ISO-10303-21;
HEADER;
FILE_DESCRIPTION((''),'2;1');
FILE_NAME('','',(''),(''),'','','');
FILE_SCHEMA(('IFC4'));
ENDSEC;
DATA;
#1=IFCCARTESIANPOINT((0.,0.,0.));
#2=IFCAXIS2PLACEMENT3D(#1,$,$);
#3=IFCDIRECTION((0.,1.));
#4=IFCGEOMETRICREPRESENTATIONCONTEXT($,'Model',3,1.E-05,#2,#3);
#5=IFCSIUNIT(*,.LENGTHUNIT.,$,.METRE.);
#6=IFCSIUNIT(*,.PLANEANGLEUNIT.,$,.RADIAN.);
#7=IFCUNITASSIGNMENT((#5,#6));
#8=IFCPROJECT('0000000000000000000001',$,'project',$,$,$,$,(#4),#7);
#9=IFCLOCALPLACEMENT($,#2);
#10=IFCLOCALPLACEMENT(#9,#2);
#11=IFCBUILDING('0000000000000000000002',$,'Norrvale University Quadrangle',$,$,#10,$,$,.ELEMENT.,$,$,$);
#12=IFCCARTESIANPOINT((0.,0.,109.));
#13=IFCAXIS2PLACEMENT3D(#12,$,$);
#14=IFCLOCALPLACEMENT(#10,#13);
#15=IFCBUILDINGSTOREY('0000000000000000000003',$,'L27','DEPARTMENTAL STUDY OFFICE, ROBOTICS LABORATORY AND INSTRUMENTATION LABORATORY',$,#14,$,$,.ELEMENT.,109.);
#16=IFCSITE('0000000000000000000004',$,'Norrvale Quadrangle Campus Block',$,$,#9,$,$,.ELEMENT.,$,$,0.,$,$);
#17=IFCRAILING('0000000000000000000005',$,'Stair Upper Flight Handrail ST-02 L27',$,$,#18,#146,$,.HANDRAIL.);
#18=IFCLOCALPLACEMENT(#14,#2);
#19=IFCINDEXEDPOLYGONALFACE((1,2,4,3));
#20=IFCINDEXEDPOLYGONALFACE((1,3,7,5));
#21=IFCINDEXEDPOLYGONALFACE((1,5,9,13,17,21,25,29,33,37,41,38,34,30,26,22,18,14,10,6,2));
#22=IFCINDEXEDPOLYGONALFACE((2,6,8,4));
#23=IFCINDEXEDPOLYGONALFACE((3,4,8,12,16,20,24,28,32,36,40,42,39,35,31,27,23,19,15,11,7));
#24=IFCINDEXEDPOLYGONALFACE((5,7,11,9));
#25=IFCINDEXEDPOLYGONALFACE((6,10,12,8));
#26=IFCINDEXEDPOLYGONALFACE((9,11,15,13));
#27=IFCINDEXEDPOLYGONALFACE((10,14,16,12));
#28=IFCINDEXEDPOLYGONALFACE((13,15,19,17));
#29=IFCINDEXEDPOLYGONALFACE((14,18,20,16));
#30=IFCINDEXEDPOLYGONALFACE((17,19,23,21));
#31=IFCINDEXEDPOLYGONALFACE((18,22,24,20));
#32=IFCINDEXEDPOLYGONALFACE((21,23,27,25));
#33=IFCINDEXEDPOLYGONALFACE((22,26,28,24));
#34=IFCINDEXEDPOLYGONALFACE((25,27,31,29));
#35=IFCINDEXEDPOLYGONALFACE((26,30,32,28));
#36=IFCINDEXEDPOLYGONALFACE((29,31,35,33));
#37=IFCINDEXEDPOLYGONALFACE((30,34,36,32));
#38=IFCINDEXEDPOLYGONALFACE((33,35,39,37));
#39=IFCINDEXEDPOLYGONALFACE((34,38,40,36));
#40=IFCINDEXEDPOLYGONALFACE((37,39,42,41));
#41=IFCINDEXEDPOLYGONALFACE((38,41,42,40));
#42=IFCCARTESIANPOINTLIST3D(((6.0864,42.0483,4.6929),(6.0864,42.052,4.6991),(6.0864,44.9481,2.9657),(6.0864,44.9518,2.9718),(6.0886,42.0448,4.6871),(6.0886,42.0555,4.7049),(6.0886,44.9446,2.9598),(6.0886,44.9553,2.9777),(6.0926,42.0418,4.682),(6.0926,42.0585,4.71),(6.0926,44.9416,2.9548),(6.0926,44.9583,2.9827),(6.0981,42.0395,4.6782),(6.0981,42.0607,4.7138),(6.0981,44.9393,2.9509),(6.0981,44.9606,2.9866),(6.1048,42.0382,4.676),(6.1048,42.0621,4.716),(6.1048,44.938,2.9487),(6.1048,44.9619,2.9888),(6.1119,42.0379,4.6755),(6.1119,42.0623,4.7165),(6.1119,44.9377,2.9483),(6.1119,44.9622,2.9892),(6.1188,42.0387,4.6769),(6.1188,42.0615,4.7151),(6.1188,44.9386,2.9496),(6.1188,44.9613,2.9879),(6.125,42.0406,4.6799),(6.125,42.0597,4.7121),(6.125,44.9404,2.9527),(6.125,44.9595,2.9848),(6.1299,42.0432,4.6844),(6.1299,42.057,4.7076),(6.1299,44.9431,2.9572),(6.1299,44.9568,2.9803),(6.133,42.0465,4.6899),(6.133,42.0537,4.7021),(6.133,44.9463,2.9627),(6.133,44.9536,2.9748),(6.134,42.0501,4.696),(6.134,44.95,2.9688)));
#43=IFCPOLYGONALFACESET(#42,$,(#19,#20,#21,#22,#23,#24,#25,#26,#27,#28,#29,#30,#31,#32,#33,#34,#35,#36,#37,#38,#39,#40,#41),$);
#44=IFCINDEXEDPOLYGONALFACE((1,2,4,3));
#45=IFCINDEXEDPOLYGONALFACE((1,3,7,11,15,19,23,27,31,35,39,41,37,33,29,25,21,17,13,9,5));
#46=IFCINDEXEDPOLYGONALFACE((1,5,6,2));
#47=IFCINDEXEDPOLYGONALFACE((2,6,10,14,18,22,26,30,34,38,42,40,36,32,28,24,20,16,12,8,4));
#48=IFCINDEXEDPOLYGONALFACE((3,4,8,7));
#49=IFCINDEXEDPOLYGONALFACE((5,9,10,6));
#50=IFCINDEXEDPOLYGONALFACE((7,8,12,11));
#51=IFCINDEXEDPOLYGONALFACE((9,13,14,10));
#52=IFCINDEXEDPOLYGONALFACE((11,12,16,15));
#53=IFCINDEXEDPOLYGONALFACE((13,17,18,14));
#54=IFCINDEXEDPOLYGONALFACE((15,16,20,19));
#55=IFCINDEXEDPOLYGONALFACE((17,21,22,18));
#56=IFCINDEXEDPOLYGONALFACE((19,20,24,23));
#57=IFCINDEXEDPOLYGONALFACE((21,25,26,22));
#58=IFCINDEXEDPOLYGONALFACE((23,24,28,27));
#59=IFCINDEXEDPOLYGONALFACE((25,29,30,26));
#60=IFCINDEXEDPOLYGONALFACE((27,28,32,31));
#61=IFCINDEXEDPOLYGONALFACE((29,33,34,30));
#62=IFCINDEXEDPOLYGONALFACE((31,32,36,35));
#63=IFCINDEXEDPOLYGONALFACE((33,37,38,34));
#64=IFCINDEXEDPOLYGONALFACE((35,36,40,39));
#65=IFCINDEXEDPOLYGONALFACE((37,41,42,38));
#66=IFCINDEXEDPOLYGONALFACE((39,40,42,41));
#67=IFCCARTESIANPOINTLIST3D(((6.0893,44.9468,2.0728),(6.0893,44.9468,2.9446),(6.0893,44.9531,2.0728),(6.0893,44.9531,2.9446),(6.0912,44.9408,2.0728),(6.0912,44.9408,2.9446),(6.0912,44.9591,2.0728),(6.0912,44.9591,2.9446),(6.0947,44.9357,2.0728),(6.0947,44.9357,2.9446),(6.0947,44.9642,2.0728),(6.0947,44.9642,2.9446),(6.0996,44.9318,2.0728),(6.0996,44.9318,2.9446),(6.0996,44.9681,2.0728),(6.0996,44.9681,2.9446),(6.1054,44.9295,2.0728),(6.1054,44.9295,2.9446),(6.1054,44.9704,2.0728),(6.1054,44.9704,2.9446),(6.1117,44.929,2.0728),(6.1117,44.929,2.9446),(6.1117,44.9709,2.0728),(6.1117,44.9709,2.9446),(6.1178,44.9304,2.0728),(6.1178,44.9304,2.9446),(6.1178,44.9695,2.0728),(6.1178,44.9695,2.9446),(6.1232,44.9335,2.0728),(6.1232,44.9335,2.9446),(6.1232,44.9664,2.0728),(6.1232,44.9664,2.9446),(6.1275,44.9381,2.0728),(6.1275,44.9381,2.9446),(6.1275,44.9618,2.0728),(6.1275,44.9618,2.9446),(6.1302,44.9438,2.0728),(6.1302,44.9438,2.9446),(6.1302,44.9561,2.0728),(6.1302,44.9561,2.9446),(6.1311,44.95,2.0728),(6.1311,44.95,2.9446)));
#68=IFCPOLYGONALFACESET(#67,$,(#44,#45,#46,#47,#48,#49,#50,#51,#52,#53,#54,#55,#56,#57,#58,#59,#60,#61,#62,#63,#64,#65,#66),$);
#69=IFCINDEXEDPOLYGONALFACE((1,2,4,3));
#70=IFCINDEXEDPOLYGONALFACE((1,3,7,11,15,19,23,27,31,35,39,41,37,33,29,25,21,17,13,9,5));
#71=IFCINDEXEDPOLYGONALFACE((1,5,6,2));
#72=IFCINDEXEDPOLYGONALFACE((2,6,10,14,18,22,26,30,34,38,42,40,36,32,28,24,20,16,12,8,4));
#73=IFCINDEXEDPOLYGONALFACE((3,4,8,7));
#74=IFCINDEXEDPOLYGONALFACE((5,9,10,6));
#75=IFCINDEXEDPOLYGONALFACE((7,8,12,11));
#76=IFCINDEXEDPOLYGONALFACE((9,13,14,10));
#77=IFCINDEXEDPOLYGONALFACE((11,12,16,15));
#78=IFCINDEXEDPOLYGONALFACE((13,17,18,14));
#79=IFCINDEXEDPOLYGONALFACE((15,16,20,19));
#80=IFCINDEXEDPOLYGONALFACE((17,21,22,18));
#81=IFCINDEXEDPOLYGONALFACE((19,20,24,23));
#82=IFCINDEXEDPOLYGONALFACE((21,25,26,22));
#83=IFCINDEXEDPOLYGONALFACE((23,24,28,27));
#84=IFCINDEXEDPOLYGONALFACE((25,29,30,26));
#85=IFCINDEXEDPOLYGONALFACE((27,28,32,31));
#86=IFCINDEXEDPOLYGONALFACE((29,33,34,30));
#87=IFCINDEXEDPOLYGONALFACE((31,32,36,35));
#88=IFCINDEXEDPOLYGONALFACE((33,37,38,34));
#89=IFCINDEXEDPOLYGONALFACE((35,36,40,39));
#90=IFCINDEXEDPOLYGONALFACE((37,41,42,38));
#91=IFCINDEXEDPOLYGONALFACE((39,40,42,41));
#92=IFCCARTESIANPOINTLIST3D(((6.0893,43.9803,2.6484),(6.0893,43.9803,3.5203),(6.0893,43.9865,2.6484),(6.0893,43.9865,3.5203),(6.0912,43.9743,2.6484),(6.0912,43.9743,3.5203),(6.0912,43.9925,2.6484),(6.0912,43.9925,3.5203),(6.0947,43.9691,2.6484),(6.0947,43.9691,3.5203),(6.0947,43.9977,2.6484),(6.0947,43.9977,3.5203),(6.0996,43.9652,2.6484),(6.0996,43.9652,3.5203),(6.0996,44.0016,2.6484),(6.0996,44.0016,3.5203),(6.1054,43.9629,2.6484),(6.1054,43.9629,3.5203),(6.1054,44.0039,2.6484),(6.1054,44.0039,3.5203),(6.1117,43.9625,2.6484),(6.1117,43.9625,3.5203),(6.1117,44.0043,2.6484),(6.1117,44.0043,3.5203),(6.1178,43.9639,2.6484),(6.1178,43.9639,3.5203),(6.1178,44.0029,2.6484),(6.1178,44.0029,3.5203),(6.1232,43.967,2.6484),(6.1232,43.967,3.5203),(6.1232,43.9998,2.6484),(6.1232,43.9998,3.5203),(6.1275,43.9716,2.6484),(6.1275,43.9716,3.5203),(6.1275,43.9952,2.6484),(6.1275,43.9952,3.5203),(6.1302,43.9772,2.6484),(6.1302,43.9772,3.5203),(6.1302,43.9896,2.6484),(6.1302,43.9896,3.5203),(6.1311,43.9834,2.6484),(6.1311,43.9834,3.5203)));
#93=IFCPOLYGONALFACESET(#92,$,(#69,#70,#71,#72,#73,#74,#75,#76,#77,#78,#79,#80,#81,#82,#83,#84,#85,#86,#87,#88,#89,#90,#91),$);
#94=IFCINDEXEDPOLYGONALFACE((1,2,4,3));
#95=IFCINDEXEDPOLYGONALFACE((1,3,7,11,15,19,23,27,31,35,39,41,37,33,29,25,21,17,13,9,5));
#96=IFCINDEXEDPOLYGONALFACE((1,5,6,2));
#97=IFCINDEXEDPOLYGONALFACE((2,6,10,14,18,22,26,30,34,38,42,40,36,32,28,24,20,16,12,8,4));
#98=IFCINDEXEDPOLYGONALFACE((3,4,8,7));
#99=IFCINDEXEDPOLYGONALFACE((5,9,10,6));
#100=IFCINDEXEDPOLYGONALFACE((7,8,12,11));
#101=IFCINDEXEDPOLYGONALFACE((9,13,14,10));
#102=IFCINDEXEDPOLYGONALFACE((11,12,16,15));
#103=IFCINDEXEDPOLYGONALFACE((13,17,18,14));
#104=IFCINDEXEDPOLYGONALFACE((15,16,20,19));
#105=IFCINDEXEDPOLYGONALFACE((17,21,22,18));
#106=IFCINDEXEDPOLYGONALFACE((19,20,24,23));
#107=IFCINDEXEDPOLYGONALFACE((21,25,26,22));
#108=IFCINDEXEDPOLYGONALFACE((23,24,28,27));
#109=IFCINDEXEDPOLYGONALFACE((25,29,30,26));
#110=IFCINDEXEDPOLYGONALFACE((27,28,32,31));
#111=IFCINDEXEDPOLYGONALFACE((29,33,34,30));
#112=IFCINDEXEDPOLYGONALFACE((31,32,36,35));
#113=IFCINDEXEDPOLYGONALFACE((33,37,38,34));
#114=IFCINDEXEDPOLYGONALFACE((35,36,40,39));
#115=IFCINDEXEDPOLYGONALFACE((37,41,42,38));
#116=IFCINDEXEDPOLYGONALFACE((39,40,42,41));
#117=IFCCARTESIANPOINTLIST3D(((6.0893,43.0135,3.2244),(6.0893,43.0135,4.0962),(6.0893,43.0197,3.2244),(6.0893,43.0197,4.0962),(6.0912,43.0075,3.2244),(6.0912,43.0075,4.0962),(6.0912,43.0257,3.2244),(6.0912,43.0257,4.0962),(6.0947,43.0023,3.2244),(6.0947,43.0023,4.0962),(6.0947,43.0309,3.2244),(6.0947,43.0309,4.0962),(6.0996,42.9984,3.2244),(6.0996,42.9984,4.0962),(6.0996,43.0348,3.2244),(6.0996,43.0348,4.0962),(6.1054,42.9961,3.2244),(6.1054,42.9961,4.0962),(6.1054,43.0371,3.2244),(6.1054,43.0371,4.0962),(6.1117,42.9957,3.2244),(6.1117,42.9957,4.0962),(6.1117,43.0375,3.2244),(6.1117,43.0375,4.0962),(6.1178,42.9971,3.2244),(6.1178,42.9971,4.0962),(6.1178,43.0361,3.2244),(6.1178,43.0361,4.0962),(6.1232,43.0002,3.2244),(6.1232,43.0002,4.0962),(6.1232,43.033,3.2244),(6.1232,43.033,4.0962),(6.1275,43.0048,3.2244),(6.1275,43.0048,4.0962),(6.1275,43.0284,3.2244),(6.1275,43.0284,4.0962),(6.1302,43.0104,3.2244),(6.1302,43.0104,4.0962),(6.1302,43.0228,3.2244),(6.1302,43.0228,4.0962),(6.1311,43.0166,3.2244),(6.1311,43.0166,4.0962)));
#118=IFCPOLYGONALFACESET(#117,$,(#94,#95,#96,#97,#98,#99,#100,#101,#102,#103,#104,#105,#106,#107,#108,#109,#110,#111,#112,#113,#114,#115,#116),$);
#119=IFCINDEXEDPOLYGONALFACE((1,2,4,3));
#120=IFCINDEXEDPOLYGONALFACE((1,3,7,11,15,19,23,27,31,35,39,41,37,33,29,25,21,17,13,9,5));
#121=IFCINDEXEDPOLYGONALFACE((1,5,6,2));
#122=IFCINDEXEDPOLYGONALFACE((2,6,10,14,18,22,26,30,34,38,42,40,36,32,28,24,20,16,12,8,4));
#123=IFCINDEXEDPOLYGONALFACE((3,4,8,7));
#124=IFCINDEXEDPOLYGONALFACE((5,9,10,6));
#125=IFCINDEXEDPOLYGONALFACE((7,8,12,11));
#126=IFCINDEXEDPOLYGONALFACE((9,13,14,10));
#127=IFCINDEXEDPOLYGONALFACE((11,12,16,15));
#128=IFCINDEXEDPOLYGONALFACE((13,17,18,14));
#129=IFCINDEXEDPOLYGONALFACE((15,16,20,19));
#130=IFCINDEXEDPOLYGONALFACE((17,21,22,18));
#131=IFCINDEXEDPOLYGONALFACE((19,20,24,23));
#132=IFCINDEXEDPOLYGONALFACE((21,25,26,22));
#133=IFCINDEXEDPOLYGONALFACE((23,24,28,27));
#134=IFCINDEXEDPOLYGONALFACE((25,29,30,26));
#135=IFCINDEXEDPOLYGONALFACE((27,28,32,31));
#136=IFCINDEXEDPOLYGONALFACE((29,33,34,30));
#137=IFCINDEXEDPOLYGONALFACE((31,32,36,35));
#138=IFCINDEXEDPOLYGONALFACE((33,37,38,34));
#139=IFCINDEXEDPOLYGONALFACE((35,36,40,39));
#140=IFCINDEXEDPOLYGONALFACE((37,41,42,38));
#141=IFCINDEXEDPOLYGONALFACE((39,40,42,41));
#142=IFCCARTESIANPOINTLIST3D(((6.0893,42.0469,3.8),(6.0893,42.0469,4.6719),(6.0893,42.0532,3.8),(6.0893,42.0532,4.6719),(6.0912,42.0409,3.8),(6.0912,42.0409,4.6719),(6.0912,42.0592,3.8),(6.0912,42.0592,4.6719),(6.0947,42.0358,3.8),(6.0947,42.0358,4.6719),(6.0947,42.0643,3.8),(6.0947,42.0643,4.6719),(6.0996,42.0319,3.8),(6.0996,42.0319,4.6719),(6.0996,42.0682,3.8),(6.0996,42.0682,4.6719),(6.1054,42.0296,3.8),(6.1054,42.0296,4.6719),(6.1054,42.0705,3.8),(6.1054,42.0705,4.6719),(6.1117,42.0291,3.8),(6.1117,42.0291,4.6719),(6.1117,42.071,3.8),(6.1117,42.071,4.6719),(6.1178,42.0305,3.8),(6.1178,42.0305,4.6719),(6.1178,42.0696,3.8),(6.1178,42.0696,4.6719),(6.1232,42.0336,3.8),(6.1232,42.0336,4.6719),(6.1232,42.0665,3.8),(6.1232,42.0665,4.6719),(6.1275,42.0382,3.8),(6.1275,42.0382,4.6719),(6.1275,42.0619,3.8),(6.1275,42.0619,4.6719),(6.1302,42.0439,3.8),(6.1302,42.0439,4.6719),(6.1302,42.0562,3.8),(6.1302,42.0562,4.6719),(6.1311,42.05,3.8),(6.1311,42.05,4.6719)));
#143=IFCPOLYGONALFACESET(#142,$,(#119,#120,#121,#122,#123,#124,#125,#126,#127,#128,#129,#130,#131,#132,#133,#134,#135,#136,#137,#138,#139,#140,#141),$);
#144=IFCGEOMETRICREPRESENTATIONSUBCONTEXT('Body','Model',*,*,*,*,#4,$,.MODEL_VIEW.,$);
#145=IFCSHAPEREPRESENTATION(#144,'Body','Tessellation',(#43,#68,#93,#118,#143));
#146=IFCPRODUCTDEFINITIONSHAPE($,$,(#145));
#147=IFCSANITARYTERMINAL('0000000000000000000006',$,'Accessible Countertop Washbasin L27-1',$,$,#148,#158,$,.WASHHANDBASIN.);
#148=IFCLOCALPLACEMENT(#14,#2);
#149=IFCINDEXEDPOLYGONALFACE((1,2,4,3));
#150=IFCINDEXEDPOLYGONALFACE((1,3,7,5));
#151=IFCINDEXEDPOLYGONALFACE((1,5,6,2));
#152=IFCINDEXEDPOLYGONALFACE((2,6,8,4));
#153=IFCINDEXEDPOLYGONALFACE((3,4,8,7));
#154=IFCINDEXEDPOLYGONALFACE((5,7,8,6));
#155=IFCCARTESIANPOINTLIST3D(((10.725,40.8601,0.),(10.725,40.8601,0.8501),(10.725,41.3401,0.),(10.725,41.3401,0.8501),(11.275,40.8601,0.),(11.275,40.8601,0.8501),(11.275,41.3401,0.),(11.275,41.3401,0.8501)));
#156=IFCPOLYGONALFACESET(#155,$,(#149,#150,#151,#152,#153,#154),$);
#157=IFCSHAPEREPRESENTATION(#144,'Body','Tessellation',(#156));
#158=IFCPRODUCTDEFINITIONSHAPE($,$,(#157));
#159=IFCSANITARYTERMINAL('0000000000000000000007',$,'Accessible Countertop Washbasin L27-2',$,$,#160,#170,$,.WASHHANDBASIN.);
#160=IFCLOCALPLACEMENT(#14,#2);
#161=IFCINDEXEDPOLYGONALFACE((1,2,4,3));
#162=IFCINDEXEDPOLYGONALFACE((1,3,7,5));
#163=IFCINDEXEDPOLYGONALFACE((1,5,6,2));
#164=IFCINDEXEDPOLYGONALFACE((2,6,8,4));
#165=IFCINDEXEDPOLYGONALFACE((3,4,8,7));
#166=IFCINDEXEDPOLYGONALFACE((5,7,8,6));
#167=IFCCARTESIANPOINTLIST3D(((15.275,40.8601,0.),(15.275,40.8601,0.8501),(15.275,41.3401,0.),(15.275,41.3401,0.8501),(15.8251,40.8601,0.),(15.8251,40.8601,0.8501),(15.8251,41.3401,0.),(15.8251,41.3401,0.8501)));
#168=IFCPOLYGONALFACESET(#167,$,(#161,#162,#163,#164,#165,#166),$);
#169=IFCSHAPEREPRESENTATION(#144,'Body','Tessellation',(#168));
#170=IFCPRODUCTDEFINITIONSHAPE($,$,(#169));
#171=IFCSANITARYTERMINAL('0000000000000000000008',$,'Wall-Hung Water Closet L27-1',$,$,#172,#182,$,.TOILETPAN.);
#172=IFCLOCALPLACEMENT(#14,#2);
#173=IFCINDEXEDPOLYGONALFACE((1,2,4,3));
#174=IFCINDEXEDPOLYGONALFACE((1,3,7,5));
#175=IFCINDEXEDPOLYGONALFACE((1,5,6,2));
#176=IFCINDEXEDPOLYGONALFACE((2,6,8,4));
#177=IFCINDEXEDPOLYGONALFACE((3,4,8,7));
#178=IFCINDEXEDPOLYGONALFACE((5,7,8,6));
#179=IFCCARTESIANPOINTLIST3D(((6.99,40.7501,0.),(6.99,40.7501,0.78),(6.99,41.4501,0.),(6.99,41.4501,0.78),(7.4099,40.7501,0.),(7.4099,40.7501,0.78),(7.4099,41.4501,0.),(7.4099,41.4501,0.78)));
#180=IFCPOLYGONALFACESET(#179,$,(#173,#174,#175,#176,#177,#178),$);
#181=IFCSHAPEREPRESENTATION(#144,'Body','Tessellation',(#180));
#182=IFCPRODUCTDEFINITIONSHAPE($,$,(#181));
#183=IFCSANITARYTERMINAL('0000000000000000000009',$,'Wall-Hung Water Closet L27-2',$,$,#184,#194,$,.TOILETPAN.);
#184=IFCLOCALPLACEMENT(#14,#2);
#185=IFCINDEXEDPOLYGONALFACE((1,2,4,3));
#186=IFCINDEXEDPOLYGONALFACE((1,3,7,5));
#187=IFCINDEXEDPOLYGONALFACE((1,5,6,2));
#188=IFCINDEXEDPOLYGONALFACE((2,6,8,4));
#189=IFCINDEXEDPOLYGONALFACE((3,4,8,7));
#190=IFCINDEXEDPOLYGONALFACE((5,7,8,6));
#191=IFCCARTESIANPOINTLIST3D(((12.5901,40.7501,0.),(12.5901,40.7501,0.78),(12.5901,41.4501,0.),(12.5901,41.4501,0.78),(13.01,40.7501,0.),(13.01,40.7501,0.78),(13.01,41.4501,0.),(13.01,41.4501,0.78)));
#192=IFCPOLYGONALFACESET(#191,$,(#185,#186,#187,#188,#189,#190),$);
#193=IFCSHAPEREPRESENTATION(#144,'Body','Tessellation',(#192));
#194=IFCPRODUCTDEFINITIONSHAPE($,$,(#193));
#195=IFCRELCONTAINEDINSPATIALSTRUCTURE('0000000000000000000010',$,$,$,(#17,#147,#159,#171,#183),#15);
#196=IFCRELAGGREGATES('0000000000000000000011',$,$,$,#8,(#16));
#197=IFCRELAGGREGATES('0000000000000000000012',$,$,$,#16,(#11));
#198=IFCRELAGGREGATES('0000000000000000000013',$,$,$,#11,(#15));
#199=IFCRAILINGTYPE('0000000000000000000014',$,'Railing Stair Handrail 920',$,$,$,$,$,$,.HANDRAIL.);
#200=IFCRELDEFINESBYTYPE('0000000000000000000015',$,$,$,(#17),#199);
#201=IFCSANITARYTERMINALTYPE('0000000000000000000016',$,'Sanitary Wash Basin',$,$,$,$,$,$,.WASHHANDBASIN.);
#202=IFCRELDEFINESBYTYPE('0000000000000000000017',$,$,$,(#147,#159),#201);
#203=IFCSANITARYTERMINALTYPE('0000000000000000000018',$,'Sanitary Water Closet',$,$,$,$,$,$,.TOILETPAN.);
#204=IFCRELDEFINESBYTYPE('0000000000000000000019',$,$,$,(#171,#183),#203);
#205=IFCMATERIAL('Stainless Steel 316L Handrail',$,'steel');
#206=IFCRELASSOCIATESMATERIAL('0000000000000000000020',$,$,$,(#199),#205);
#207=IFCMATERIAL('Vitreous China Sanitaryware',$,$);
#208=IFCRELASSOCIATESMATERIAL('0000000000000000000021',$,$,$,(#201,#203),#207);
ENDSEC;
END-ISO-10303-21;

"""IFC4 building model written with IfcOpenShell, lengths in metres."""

from ifc_helpers import new_model, si_unit, direction, frame, origin, origin_2d, place, context, subcontext, project, spatial, rectangle, circle, extrude, material, type_object, element, save


model = new_model("IFC4")

# Units and contexts
model_context = context("Model", 3, precision=1e-05, world=origin(), true_north=direction((0.0, 1.0)))
body_context = subcontext(model_context, "Body", "Model", "MODEL_VIEW")
ifc_project = project(units=[si_unit("LENGTHUNIT", "METRE"), si_unit("PLANEANGLEUNIT", "RADIAN")], contexts=[model_context])

# Site, building, storey
site_placement = place(None, origin())
site = spatial("IfcSite", under=ifc_project, at=site_placement, Name="Norrvale Quadrangle Campus Block", CompositionType="ELEMENT", RefElevation=0.0)
building_placement = place(site_placement, origin())
building = spatial("IfcBuilding", under=site, at=building_placement, Name="Norrvale University Quadrangle", CompositionType="ELEMENT")
storey_placement = place(building_placement, frame((0.0, 0.0, 109.0)))
storey = spatial("IfcBuildingStorey", under=building, at=storey_placement, Name="L27", Description="DEPARTMENTAL STUDY OFFICE, ROBOTICS LABORATORY AND INSTRUMENTATION LABORATORY", CompositionType="ELEMENT", Elevation=109.0)

# Railing
ifc_material_1 = material(Name="Stainless Steel 316L Handrail", Category="steel")
railing_type_1 = type_object("IfcRailingType", Name="Railing Stair Handrail 920", PredefinedType="HANDRAIL", material=ifc_material_1)
railing_1_placement = place(storey_placement, frame((6.1101, 44.95, 2.0728)))
element("IfcRailing", 1, at=railing_1_placement, inside=storey, type_object=railing_type_1, Name="Stair Upper Flight Handrail ST-02 L27", PredefinedType="HANDRAIL", context=body_context, shape_type="SweptSolid", body=[
    extrude(circle(Radius=0.0239, at=origin_2d()), frame((0.0, 0.0, 0.896), z_axis=(0.0, -0.859141, 0.511738), x_axis=(1.0, 0.0, 0.0)), (0.0, 0.0, 1.0), 3.3752),
    extrude(circle(Radius=0.021, at=origin_2d()), origin(), (0.0, 0.0, 1.0), 0.8718),
    extrude(circle(Radius=0.021, at=origin_2d()), frame((0.0, -0.9666, 0.5757)), (0.0, 0.0, 1.0), 0.8718),
    extrude(circle(Radius=0.021, at=origin_2d()), frame((0.0, -1.9333, 1.1516)), (0.0, 0.0, 1.0), 0.8718),
    extrude(circle(Radius=0.021, at=origin_2d()), frame((0.0, -2.8999, 1.7273)), (0.0, 0.0, 1.0), 0.8718),
])

# Sanitary terminals
ifc_material_2 = material(Name="Vitreous China Sanitaryware")
sanitary_terminal_type_1 = type_object("IfcSanitaryTerminalType", Name="Sanitary Wash Basin", PredefinedType="WASHHANDBASIN", material=ifc_material_2)
for number, where, z_axis, x_axis, name in (
    (2, (11.0, 41.1001, 0.0), (0.0, 0.0, 1.0), (1.0, 0.0, 0.0), "Accessible Countertop Washbasin L27-1"),
    (3, (15.55, 41.1001, 0.0), (0.0, 0.0, 1.0), (1.0, 0.0, 0.0), "Accessible Countertop Washbasin L27-2"),
):
    element("IfcSanitaryTerminal", number, at=place(storey_placement, frame(where, z_axis=z_axis, x_axis=x_axis)), inside=storey, type_object=sanitary_terminal_type_1, Name=name, PredefinedType="WASHHANDBASIN", context=body_context, shape_type="SweptSolid", body=[
        extrude(rectangle(XDim=0.55, YDim=0.48, at=origin_2d()), origin(), (0.0, 0.0, 1.0), 0.8501),
    ])
sanitary_terminal_type_2 = type_object("IfcSanitaryTerminalType", Name="Sanitary Water Closet", PredefinedType="TOILETPAN", material=ifc_material_2)
for number, where, z_axis, x_axis, name in (
    (4, (7.2, 41.1001, 0.0), (0.0, 0.0, 1.0), (1.0, 0.0, 0.0), "Wall-Hung Water Closet L27-1"),
    (5, (12.8, 41.1001, 0.0), (0.0, 0.0, 1.0), (1.0, 0.0, 0.0), "Wall-Hung Water Closet L27-2"),
):
    element("IfcSanitaryTerminal", number, at=place(storey_placement, frame(where, z_axis=z_axis, x_axis=x_axis)), inside=storey, type_object=sanitary_terminal_type_2, Name=name, PredefinedType="TOILETPAN", context=body_context, shape_type="SweptSolid", body=[
        extrude(rectangle(XDim=0.4199, YDim=0.7, at=origin_2d()), origin(), (0.0, 0.0, 1.0), 0.78),
    ])

save(model, "model.ifc")
